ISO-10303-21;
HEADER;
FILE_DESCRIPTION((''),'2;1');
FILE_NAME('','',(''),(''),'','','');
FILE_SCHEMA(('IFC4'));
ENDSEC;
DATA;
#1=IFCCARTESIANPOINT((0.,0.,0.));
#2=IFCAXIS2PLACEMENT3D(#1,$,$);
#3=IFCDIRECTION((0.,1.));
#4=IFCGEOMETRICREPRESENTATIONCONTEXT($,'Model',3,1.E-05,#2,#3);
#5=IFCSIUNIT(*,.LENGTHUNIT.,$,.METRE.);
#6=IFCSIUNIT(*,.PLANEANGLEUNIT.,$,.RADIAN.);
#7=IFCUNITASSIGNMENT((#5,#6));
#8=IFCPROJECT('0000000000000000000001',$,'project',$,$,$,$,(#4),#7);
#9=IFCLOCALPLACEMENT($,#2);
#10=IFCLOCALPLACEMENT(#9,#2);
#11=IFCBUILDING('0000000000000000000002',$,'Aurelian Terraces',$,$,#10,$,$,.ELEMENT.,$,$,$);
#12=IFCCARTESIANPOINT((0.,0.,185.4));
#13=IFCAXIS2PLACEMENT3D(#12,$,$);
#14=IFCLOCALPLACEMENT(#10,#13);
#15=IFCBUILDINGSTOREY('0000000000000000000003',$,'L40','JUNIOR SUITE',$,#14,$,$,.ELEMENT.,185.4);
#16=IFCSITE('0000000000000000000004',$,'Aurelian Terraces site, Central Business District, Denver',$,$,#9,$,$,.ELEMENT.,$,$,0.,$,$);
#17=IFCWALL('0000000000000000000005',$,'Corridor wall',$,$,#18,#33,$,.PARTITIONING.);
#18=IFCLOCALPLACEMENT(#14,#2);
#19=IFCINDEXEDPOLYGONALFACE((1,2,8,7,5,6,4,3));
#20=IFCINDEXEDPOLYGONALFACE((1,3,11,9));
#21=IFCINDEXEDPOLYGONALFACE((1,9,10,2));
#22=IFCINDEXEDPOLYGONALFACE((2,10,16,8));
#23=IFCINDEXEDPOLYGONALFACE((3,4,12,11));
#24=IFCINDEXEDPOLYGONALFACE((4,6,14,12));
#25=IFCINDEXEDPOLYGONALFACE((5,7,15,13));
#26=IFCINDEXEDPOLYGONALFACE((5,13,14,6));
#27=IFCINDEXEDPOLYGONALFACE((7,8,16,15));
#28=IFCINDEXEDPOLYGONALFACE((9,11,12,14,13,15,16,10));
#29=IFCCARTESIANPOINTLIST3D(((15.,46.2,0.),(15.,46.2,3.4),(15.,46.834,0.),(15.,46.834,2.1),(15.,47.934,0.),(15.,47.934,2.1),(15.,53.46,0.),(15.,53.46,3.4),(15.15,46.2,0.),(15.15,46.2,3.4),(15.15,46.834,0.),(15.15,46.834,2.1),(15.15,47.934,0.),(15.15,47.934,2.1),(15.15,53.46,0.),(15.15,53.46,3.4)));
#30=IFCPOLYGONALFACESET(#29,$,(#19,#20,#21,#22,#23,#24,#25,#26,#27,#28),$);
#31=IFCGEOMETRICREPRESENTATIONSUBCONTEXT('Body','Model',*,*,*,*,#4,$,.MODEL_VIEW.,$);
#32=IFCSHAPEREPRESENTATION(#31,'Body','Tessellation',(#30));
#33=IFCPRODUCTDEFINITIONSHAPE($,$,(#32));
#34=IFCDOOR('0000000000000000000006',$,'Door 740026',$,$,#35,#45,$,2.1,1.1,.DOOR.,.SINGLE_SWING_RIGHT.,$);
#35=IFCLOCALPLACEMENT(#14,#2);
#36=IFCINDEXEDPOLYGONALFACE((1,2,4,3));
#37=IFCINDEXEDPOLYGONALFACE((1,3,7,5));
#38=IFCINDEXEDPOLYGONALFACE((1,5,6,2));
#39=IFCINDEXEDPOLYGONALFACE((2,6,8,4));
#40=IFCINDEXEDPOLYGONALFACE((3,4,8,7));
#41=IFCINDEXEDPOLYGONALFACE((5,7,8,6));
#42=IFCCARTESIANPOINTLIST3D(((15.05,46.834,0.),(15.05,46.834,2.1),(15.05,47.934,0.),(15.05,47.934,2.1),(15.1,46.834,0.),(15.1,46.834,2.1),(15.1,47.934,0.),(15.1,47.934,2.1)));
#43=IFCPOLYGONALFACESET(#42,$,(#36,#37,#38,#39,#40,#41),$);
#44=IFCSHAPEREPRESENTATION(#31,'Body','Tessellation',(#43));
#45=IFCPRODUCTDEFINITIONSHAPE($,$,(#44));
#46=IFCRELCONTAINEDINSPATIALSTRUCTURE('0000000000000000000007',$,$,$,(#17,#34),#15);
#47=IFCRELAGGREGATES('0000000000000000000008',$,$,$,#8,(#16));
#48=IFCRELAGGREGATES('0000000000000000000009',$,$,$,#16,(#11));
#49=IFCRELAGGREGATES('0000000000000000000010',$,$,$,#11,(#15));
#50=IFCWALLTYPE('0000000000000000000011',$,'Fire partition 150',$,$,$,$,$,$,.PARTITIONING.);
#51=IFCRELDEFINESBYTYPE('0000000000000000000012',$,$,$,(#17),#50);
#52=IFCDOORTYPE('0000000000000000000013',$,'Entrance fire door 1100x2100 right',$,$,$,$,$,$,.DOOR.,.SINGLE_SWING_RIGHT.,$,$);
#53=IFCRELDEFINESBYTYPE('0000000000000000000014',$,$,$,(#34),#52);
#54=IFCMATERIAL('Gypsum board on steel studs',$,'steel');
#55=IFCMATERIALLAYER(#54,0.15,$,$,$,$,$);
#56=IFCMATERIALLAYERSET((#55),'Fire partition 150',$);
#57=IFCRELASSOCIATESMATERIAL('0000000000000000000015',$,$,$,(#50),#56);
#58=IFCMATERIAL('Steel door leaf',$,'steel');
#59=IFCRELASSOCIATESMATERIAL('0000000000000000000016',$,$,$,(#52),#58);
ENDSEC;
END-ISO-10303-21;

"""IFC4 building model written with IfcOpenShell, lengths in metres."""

from ifc_helpers import new_model, si_unit, direction, frame, frame_2d, origin, place, context, subcontext, project, spatial, rectangle, extrude, source, transform, mapped, material, layer, layer_set, type_object, element, fill, save


model = new_model("IFC4")

# Units and contexts
model_context = context("Model", 3, precision=1e-05, world=origin(), true_north=direction((0.0, 1.0)))
body_context = subcontext(model_context, "Body", "Model", "MODEL_VIEW")
ifc_project = project(units=[si_unit("LENGTHUNIT", "METRE"), si_unit("PLANEANGLEUNIT", "RADIAN")], contexts=[model_context])

# Site, building, storey
site_placement = place(None, origin())
site = spatial("IfcSite", under=ifc_project, at=site_placement, Name="Aurelian Terraces site, Central Business District, Denver", CompositionType="ELEMENT", RefElevation=0.0)
building_placement = place(site_placement, origin())
building = spatial("IfcBuilding", under=site, at=building_placement, Name="Aurelian Terraces", CompositionType="ELEMENT")
storey_placement = place(building_placement, frame((0.0, 0.0, 185.4)))
storey = spatial("IfcBuildingStorey", under=building, at=storey_placement, Name="L40", Description="JUNIOR SUITE", CompositionType="ELEMENT", Elevation=185.4)

# Shared definitions
ifc_material_1 = material(Name="Gypsum board on steel studs", Category="steel")

# Shared definitions
ifc_layer_1 = layer(ifc_material_1, 0.15)
ifc_layer_set_1 = layer_set([ifc_layer_1], Name="Fire partition 150")
wall_type_1 = type_object("IfcWallType", Name="Fire partition 150", PredefinedType="PARTITIONING", material=ifc_layer_set_1)

# Wall, opening, door
shared_shape_1 = source(origin(), body_context, "Body", "SweptSolid", [
    extrude(rectangle(XDim=7.26, YDim=0.15, at=frame_2d((3.63, 0.0))), origin(), (0.0, 0.0, 1.0), 3.4),
])
wall_1_placement = place(storey_placement, frame((15.075, 46.2, 0.0), z_axis=(0.0, 0.0, 1.0), x_axis=(0.0, 1.0, 0.0)))
wall_1 = element("IfcWall", 1, at=wall_1_placement, inside=storey, type_object=wall_type_1, Name="Corridor wall", PredefinedType="PARTITIONING", context=body_context, shape_type="MappedRepresentation", body=[
    mapped(shared_shape_1, transform((0.0, 0.0, 0.0), scale=1.0)),
])
shared_shape_2 = source(origin(), body_context, "Body", "SweptSolid", [
    extrude(rectangle(XDim=1.1, YDim=2.1, at=frame_2d((0.55, 1.05))), frame((0.0, 0.085, 0.0), z_axis=(0.0, -1.0, 0.0), x_axis=(1.0, 0.0, 0.0)), (0.0, 0.0, 1.0), 0.17),
])
opening_1_placement = place(wall_1_placement, frame((0.634, 0.0, 0.0)))
opening_1 = element("IfcOpeningElement", 2, at=opening_1_placement, cuts=wall_1, PredefinedType="OPENING", context=body_context, shape_type="MappedRepresentation", body=[
    mapped(shared_shape_2, transform((0.0, 0.0, 0.0), scale=1.0)),
])
ifc_material_2 = material(Name="Steel door leaf", Category="steel")
door_type_1 = type_object("IfcDoorType", Name="Entrance fire door 1100x2100 right", OperationType="SINGLE_SWING_RIGHT", PredefinedType="DOOR", material=ifc_material_2)
shared_shape_3 = source(origin(), body_context, "Body", "SweptSolid", [
    extrude(rectangle(XDim=1.1, YDim=2.1, at=frame_2d((0.55, 1.05))), frame((0.0, 0.025, 0.0), z_axis=(0.0, -1.0, 0.0), x_axis=(1.0, 0.0, 0.0)), (0.0, 0.0, 1.0), 0.05),
])
door_1_placement = place(opening_1_placement, origin())
door_1 = element("IfcDoor", 3, at=door_1_placement, inside=storey, type_object=door_type_1, Name="Door 740026", OperationType="SINGLE_SWING_RIGHT", OverallHeight=2.1, OverallWidth=1.1, PredefinedType="DOOR", context=body_context, shape_type="MappedRepresentation", body=[
    mapped(shared_shape_3, transform((0.0, 0.0, 0.0), scale=1.0)),
])
fill(opening_1, door_1)

save(model, "model.ifc")
